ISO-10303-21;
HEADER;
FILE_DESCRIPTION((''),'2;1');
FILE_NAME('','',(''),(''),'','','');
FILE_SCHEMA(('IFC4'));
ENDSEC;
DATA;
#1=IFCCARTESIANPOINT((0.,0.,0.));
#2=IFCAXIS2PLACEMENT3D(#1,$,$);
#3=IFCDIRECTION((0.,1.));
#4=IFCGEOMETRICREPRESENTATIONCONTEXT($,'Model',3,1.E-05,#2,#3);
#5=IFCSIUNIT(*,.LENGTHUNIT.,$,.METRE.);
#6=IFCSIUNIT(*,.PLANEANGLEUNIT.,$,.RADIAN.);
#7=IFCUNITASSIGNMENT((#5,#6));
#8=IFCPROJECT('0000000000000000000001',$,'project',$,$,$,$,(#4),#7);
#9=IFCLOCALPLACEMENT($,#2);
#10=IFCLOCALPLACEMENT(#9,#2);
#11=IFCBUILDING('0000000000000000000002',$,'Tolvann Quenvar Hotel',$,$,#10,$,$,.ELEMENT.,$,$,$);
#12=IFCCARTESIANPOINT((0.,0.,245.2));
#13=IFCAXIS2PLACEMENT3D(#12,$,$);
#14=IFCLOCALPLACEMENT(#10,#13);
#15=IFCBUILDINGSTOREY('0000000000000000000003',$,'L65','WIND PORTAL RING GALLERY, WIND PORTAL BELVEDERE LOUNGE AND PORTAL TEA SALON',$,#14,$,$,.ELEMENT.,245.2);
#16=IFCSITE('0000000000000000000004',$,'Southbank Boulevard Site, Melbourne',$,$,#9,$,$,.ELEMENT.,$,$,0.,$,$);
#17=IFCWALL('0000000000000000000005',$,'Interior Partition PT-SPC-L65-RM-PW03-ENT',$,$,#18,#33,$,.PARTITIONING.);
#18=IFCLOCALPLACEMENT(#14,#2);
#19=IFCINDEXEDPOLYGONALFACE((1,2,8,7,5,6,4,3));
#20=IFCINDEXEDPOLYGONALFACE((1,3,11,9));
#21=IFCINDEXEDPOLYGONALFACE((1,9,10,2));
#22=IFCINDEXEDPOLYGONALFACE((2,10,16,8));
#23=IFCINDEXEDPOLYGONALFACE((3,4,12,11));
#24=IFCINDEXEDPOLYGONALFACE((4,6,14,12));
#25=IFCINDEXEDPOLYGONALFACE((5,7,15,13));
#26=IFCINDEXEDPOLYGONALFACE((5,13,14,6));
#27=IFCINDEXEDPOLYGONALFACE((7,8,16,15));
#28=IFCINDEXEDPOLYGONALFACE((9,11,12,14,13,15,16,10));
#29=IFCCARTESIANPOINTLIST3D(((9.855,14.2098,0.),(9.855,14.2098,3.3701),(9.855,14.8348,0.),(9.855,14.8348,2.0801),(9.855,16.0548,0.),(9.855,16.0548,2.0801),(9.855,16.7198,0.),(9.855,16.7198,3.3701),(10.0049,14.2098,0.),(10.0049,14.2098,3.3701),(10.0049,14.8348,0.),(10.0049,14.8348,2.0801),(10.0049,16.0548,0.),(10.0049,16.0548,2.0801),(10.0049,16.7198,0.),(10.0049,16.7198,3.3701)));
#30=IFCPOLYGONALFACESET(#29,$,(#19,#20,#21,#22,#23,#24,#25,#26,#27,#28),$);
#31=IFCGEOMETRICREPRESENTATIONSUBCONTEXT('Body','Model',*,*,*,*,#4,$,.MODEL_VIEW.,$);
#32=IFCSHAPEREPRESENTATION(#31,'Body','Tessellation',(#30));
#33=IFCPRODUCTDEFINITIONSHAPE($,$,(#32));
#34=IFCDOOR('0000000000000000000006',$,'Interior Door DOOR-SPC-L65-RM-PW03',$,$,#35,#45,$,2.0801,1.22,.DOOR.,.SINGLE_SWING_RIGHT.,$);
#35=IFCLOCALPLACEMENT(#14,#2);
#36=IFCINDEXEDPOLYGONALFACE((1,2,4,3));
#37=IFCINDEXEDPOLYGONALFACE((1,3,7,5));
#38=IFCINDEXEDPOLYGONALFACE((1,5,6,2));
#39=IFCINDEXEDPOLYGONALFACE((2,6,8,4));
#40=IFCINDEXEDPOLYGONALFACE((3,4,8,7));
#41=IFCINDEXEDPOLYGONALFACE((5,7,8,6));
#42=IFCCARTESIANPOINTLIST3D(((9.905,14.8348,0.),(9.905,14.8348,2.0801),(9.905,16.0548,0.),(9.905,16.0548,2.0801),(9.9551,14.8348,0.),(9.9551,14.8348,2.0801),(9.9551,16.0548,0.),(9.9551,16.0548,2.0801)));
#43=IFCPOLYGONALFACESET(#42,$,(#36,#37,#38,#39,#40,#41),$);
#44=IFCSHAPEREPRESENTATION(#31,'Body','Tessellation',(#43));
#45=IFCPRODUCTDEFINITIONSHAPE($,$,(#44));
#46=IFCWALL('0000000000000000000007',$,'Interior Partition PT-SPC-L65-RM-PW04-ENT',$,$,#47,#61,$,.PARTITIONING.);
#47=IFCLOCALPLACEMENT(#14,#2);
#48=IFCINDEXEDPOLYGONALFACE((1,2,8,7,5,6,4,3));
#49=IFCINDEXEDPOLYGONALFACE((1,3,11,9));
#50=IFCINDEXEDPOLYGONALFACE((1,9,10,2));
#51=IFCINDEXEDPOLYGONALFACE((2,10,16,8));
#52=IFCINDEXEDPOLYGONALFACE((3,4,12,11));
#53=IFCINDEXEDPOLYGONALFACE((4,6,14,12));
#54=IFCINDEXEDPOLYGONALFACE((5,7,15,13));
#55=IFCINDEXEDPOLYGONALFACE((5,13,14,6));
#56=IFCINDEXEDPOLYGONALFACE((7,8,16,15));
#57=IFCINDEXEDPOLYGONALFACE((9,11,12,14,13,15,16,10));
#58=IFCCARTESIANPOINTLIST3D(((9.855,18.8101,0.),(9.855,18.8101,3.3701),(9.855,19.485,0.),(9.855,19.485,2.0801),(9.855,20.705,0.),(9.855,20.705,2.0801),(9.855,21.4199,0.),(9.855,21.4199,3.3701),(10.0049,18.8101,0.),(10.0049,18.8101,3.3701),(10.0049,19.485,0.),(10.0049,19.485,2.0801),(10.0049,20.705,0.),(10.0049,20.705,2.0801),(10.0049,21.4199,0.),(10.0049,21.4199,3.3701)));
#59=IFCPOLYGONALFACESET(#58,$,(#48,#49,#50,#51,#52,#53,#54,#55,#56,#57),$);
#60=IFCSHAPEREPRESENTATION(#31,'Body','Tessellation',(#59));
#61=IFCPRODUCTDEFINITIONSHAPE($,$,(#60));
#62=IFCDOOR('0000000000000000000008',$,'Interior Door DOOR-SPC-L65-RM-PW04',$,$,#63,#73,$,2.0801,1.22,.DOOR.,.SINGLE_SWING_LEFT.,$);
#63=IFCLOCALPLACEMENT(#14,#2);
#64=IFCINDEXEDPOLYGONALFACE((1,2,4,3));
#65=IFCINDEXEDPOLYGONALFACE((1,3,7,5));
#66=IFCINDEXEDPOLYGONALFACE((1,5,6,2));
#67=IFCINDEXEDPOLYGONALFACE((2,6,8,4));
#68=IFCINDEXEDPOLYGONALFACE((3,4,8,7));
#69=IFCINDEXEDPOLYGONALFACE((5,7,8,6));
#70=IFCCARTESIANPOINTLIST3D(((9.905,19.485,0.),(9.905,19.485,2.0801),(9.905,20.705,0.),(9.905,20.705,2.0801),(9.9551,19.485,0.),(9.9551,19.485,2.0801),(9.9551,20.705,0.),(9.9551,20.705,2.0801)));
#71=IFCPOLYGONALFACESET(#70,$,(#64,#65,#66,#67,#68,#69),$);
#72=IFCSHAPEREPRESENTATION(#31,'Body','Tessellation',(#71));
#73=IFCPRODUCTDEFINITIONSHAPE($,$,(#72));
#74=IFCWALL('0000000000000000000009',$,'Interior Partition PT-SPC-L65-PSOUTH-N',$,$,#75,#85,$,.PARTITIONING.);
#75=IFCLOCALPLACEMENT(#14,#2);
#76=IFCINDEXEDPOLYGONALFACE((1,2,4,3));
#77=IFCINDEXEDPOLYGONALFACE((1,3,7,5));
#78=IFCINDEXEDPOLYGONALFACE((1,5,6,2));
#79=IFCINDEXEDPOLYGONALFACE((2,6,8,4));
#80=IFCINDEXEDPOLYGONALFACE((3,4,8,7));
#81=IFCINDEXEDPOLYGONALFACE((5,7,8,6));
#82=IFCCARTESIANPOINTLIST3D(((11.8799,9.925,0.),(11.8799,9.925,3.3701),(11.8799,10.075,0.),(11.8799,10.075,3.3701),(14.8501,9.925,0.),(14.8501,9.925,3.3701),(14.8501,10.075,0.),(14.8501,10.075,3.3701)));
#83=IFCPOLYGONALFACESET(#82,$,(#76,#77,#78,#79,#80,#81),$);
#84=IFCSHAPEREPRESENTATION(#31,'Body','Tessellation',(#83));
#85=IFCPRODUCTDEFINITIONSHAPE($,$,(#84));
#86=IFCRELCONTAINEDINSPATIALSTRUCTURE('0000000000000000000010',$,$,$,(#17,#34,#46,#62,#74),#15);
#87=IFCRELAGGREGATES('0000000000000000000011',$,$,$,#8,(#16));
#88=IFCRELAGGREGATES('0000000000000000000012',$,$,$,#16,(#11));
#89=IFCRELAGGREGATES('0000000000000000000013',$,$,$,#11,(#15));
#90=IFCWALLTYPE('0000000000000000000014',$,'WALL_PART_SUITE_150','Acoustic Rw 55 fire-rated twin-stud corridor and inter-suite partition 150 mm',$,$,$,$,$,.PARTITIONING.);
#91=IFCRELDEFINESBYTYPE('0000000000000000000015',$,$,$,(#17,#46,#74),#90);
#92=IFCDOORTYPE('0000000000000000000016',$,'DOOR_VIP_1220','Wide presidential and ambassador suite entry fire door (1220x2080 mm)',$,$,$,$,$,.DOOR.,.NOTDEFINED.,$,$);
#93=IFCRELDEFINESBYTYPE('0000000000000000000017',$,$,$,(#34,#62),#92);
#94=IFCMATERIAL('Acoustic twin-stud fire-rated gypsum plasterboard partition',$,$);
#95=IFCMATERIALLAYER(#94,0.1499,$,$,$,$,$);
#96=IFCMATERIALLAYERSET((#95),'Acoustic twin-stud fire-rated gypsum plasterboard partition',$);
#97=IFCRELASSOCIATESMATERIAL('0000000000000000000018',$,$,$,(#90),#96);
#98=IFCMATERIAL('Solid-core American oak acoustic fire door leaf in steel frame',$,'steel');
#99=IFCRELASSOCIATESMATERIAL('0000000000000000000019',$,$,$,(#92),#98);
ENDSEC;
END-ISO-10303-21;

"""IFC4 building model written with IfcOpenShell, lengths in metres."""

from ifc_helpers import new_model, si_unit, direction, frame, frame_2d, origin, place, context, subcontext, project, spatial, rectangle, extrude, source, transform, mapped, material, layer, layer_set, type_object, type_shapes, element, fill, save


model = new_model("IFC4")

# Units and contexts
model_context = context("Model", 3, precision=1e-05, world=origin(), true_north=direction((0.0, 1.0)))
body_context = subcontext(model_context, "Body", "Model", "MODEL_VIEW")
ifc_project = project(units=[si_unit("LENGTHUNIT", "METRE"), si_unit("PLANEANGLEUNIT", "RADIAN")], contexts=[model_context])

# Site, building, storey
site_placement = place(None, origin())
site = spatial("IfcSite", under=ifc_project, at=site_placement, Name="Southbank Boulevard Site, Melbourne", CompositionType="ELEMENT", RefElevation=0.0)
building_placement = place(site_placement, origin())
building = spatial("IfcBuilding", under=site, at=building_placement, Name="Tolvann Quenvar Hotel", CompositionType="ELEMENT")
storey_placement = place(building_placement, frame((0.0, 0.0, 245.2)))
storey = spatial("IfcBuildingStorey", under=building, at=storey_placement, Name="L65", Description="WIND PORTAL RING GALLERY, WIND PORTAL BELVEDERE LOUNGE AND PORTAL TEA SALON", CompositionType="ELEMENT", Elevation=245.2)

# Shared definitions
ifc_material_1 = material(Name="Acoustic twin-stud fire-rated gypsum plasterboard partition")

# Shared definitions
ifc_material_2 = material(Name="Solid-core American oak acoustic fire door leaf in steel frame", Category="steel")

# Walls, openings, doors
ifc_layer_1 = layer(ifc_material_1, 0.1499)
ifc_layer_set_1 = layer_set([ifc_layer_1], Name="Acoustic twin-stud fire-rated gypsum plasterboard partition")
wall_type_1 = type_object("IfcWallType", Name="WALL_PART_SUITE_150", Description="Acoustic Rw 55 fire-rated twin-stud corridor and inter-suite partition 150 mm", PredefinedType="PARTITIONING", material=ifc_layer_set_1)
wall_1_placement = place(storey_placement, frame((9.9299, 14.21, 0.0), z_axis=(0.0, 0.0, 1.0), x_axis=(0.0, 1.0, 0.0)))
wall_1 = element("IfcWall", 1, at=wall_1_placement, inside=storey, type_object=wall_type_1, Name="Interior Partition PT-SPC-L65-RM-PW03-ENT", PredefinedType="PARTITIONING", context=body_context, shape_type="SweptSolid", body=[
    extrude(rectangle(XDim=2.51, YDim=0.1499, at=frame_2d((1.2549, 0.0))), origin(), (0.0, 0.0, 1.0), 3.3701),
])
opening_1_placement = place(wall_1_placement, frame((0.625, 0.0, 0.0)))
opening_1 = element("IfcOpeningElement", 2, at=opening_1_placement, cuts=wall_1, PredefinedType="OPENING", context=body_context, shape_type="SweptSolid", body=[
    extrude(rectangle(XDim=1.22, YDim=2.0801, at=frame_2d((0.6099, 1.04))), frame((0.0, 0.085, 0.0), z_axis=(0.0, -1.0, 0.0), x_axis=(1.0, 0.0, 0.0)), (0.0, 0.0, 1.0), 0.1699),
])
door_type_1 = type_object("IfcDoorType", Name="DOOR_VIP_1220", Description="Wide presidential and ambassador suite entry fire door (1220x2080 mm)", OperationType="NOTDEFINED", PredefinedType="DOOR", material=ifc_material_2)
shared_shape_1 = source(origin(), body_context, "Body", "SweptSolid", [
    extrude(rectangle(XDim=1.22, YDim=2.0801, at=frame_2d((0.6099, 1.04))), frame((0.0, 0.0249, 0.0), z_axis=(0.0, -1.0, 0.0), x_axis=(1.0, 0.0, 0.0)), (0.0, 0.0, 1.0), 0.05),
])
type_shapes(door_type_1, [shared_shape_1])
door_1_placement = place(opening_1_placement, origin())
door_1 = element("IfcDoor", 3, at=door_1_placement, inside=storey, type_object=door_type_1, Name="Interior Door DOOR-SPC-L65-RM-PW03", OperationType="SINGLE_SWING_RIGHT", OverallHeight=2.0801, OverallWidth=1.22, PredefinedType="DOOR", context=body_context, shape_type="MappedRepresentation", body=[
    mapped(shared_shape_1, transform((0.0, 0.0, 0.0), x_axis=(1.0, 0.0, 0.0), y_axis=(0.0, 1.0, 0.0), z_axis=(0.0, 0.0, 1.0), scale=1.0)),
])
fill(opening_1, door_1)
wall_2_placement = place(storey_placement, frame((9.9299, 18.8101, 0.0), z_axis=(0.0, 0.0, 1.0), x_axis=(0.0, 1.0, 0.0)))
wall_2 = element("IfcWall", 4, at=wall_2_placement, inside=storey, type_object=wall_type_1, Name="Interior Partition PT-SPC-L65-RM-PW04-ENT", PredefinedType="PARTITIONING", context=body_context, shape_type="SweptSolid", body=[
    extrude(rectangle(XDim=2.6099, YDim=0.1499, at=frame_2d((1.3049, 0.0))), origin(), (0.0, 0.0, 1.0), 3.3701),
])
opening_2_placement = place(wall_2_placement, frame((0.675, 0.0, 0.0)))
opening_2 = element("IfcOpeningElement", 5, at=opening_2_placement, cuts=wall_2, PredefinedType="OPENING", context=body_context, shape_type="SweptSolid", body=[
    extrude(rectangle(XDim=1.22, YDim=2.0801, at=frame_2d((0.6099, 1.04))), frame((0.0, 0.085, 0.0), z_axis=(0.0, -1.0, 0.0), x_axis=(1.0, 0.0, 0.0)), (0.0, 0.0, 1.0), 0.1699),
])
door_2_placement = place(opening_2_placement, origin())
door_2 = element("IfcDoor", 6, at=door_2_placement, inside=storey, type_object=door_type_1, Name="Interior Door DOOR-SPC-L65-RM-PW04", OperationType="SINGLE_SWING_LEFT", OverallHeight=2.0801, OverallWidth=1.22, PredefinedType="DOOR", context=body_context, shape_type="MappedRepresentation", body=[
    mapped(shared_shape_1, transform((0.0, 0.0, 0.0), x_axis=(1.0, 0.0, 0.0), y_axis=(0.0, 1.0, 0.0), z_axis=(0.0, 0.0, 1.0), scale=1.0)),
])
fill(opening_2, door_2)

# Wall
wall_3_placement = place(storey_placement, frame((11.8799, 10.0, 0.0), z_axis=(0.0, 0.0, 1.0), x_axis=(1.0, 0.0, 0.0)))
element("IfcWall", 7, at=wall_3_placement, inside=storey, type_object=wall_type_1, Name="Interior Partition PT-SPC-L65-PSOUTH-N", PredefinedType="PARTITIONING", context=body_context, shape_type="SweptSolid", body=[
    extrude(rectangle(XDim=2.9702, YDim=0.1499, at=frame_2d((1.4851, 0.0))), origin(), (0.0, 0.0, 1.0), 3.3701),
])

save(model, "model.ifc")
